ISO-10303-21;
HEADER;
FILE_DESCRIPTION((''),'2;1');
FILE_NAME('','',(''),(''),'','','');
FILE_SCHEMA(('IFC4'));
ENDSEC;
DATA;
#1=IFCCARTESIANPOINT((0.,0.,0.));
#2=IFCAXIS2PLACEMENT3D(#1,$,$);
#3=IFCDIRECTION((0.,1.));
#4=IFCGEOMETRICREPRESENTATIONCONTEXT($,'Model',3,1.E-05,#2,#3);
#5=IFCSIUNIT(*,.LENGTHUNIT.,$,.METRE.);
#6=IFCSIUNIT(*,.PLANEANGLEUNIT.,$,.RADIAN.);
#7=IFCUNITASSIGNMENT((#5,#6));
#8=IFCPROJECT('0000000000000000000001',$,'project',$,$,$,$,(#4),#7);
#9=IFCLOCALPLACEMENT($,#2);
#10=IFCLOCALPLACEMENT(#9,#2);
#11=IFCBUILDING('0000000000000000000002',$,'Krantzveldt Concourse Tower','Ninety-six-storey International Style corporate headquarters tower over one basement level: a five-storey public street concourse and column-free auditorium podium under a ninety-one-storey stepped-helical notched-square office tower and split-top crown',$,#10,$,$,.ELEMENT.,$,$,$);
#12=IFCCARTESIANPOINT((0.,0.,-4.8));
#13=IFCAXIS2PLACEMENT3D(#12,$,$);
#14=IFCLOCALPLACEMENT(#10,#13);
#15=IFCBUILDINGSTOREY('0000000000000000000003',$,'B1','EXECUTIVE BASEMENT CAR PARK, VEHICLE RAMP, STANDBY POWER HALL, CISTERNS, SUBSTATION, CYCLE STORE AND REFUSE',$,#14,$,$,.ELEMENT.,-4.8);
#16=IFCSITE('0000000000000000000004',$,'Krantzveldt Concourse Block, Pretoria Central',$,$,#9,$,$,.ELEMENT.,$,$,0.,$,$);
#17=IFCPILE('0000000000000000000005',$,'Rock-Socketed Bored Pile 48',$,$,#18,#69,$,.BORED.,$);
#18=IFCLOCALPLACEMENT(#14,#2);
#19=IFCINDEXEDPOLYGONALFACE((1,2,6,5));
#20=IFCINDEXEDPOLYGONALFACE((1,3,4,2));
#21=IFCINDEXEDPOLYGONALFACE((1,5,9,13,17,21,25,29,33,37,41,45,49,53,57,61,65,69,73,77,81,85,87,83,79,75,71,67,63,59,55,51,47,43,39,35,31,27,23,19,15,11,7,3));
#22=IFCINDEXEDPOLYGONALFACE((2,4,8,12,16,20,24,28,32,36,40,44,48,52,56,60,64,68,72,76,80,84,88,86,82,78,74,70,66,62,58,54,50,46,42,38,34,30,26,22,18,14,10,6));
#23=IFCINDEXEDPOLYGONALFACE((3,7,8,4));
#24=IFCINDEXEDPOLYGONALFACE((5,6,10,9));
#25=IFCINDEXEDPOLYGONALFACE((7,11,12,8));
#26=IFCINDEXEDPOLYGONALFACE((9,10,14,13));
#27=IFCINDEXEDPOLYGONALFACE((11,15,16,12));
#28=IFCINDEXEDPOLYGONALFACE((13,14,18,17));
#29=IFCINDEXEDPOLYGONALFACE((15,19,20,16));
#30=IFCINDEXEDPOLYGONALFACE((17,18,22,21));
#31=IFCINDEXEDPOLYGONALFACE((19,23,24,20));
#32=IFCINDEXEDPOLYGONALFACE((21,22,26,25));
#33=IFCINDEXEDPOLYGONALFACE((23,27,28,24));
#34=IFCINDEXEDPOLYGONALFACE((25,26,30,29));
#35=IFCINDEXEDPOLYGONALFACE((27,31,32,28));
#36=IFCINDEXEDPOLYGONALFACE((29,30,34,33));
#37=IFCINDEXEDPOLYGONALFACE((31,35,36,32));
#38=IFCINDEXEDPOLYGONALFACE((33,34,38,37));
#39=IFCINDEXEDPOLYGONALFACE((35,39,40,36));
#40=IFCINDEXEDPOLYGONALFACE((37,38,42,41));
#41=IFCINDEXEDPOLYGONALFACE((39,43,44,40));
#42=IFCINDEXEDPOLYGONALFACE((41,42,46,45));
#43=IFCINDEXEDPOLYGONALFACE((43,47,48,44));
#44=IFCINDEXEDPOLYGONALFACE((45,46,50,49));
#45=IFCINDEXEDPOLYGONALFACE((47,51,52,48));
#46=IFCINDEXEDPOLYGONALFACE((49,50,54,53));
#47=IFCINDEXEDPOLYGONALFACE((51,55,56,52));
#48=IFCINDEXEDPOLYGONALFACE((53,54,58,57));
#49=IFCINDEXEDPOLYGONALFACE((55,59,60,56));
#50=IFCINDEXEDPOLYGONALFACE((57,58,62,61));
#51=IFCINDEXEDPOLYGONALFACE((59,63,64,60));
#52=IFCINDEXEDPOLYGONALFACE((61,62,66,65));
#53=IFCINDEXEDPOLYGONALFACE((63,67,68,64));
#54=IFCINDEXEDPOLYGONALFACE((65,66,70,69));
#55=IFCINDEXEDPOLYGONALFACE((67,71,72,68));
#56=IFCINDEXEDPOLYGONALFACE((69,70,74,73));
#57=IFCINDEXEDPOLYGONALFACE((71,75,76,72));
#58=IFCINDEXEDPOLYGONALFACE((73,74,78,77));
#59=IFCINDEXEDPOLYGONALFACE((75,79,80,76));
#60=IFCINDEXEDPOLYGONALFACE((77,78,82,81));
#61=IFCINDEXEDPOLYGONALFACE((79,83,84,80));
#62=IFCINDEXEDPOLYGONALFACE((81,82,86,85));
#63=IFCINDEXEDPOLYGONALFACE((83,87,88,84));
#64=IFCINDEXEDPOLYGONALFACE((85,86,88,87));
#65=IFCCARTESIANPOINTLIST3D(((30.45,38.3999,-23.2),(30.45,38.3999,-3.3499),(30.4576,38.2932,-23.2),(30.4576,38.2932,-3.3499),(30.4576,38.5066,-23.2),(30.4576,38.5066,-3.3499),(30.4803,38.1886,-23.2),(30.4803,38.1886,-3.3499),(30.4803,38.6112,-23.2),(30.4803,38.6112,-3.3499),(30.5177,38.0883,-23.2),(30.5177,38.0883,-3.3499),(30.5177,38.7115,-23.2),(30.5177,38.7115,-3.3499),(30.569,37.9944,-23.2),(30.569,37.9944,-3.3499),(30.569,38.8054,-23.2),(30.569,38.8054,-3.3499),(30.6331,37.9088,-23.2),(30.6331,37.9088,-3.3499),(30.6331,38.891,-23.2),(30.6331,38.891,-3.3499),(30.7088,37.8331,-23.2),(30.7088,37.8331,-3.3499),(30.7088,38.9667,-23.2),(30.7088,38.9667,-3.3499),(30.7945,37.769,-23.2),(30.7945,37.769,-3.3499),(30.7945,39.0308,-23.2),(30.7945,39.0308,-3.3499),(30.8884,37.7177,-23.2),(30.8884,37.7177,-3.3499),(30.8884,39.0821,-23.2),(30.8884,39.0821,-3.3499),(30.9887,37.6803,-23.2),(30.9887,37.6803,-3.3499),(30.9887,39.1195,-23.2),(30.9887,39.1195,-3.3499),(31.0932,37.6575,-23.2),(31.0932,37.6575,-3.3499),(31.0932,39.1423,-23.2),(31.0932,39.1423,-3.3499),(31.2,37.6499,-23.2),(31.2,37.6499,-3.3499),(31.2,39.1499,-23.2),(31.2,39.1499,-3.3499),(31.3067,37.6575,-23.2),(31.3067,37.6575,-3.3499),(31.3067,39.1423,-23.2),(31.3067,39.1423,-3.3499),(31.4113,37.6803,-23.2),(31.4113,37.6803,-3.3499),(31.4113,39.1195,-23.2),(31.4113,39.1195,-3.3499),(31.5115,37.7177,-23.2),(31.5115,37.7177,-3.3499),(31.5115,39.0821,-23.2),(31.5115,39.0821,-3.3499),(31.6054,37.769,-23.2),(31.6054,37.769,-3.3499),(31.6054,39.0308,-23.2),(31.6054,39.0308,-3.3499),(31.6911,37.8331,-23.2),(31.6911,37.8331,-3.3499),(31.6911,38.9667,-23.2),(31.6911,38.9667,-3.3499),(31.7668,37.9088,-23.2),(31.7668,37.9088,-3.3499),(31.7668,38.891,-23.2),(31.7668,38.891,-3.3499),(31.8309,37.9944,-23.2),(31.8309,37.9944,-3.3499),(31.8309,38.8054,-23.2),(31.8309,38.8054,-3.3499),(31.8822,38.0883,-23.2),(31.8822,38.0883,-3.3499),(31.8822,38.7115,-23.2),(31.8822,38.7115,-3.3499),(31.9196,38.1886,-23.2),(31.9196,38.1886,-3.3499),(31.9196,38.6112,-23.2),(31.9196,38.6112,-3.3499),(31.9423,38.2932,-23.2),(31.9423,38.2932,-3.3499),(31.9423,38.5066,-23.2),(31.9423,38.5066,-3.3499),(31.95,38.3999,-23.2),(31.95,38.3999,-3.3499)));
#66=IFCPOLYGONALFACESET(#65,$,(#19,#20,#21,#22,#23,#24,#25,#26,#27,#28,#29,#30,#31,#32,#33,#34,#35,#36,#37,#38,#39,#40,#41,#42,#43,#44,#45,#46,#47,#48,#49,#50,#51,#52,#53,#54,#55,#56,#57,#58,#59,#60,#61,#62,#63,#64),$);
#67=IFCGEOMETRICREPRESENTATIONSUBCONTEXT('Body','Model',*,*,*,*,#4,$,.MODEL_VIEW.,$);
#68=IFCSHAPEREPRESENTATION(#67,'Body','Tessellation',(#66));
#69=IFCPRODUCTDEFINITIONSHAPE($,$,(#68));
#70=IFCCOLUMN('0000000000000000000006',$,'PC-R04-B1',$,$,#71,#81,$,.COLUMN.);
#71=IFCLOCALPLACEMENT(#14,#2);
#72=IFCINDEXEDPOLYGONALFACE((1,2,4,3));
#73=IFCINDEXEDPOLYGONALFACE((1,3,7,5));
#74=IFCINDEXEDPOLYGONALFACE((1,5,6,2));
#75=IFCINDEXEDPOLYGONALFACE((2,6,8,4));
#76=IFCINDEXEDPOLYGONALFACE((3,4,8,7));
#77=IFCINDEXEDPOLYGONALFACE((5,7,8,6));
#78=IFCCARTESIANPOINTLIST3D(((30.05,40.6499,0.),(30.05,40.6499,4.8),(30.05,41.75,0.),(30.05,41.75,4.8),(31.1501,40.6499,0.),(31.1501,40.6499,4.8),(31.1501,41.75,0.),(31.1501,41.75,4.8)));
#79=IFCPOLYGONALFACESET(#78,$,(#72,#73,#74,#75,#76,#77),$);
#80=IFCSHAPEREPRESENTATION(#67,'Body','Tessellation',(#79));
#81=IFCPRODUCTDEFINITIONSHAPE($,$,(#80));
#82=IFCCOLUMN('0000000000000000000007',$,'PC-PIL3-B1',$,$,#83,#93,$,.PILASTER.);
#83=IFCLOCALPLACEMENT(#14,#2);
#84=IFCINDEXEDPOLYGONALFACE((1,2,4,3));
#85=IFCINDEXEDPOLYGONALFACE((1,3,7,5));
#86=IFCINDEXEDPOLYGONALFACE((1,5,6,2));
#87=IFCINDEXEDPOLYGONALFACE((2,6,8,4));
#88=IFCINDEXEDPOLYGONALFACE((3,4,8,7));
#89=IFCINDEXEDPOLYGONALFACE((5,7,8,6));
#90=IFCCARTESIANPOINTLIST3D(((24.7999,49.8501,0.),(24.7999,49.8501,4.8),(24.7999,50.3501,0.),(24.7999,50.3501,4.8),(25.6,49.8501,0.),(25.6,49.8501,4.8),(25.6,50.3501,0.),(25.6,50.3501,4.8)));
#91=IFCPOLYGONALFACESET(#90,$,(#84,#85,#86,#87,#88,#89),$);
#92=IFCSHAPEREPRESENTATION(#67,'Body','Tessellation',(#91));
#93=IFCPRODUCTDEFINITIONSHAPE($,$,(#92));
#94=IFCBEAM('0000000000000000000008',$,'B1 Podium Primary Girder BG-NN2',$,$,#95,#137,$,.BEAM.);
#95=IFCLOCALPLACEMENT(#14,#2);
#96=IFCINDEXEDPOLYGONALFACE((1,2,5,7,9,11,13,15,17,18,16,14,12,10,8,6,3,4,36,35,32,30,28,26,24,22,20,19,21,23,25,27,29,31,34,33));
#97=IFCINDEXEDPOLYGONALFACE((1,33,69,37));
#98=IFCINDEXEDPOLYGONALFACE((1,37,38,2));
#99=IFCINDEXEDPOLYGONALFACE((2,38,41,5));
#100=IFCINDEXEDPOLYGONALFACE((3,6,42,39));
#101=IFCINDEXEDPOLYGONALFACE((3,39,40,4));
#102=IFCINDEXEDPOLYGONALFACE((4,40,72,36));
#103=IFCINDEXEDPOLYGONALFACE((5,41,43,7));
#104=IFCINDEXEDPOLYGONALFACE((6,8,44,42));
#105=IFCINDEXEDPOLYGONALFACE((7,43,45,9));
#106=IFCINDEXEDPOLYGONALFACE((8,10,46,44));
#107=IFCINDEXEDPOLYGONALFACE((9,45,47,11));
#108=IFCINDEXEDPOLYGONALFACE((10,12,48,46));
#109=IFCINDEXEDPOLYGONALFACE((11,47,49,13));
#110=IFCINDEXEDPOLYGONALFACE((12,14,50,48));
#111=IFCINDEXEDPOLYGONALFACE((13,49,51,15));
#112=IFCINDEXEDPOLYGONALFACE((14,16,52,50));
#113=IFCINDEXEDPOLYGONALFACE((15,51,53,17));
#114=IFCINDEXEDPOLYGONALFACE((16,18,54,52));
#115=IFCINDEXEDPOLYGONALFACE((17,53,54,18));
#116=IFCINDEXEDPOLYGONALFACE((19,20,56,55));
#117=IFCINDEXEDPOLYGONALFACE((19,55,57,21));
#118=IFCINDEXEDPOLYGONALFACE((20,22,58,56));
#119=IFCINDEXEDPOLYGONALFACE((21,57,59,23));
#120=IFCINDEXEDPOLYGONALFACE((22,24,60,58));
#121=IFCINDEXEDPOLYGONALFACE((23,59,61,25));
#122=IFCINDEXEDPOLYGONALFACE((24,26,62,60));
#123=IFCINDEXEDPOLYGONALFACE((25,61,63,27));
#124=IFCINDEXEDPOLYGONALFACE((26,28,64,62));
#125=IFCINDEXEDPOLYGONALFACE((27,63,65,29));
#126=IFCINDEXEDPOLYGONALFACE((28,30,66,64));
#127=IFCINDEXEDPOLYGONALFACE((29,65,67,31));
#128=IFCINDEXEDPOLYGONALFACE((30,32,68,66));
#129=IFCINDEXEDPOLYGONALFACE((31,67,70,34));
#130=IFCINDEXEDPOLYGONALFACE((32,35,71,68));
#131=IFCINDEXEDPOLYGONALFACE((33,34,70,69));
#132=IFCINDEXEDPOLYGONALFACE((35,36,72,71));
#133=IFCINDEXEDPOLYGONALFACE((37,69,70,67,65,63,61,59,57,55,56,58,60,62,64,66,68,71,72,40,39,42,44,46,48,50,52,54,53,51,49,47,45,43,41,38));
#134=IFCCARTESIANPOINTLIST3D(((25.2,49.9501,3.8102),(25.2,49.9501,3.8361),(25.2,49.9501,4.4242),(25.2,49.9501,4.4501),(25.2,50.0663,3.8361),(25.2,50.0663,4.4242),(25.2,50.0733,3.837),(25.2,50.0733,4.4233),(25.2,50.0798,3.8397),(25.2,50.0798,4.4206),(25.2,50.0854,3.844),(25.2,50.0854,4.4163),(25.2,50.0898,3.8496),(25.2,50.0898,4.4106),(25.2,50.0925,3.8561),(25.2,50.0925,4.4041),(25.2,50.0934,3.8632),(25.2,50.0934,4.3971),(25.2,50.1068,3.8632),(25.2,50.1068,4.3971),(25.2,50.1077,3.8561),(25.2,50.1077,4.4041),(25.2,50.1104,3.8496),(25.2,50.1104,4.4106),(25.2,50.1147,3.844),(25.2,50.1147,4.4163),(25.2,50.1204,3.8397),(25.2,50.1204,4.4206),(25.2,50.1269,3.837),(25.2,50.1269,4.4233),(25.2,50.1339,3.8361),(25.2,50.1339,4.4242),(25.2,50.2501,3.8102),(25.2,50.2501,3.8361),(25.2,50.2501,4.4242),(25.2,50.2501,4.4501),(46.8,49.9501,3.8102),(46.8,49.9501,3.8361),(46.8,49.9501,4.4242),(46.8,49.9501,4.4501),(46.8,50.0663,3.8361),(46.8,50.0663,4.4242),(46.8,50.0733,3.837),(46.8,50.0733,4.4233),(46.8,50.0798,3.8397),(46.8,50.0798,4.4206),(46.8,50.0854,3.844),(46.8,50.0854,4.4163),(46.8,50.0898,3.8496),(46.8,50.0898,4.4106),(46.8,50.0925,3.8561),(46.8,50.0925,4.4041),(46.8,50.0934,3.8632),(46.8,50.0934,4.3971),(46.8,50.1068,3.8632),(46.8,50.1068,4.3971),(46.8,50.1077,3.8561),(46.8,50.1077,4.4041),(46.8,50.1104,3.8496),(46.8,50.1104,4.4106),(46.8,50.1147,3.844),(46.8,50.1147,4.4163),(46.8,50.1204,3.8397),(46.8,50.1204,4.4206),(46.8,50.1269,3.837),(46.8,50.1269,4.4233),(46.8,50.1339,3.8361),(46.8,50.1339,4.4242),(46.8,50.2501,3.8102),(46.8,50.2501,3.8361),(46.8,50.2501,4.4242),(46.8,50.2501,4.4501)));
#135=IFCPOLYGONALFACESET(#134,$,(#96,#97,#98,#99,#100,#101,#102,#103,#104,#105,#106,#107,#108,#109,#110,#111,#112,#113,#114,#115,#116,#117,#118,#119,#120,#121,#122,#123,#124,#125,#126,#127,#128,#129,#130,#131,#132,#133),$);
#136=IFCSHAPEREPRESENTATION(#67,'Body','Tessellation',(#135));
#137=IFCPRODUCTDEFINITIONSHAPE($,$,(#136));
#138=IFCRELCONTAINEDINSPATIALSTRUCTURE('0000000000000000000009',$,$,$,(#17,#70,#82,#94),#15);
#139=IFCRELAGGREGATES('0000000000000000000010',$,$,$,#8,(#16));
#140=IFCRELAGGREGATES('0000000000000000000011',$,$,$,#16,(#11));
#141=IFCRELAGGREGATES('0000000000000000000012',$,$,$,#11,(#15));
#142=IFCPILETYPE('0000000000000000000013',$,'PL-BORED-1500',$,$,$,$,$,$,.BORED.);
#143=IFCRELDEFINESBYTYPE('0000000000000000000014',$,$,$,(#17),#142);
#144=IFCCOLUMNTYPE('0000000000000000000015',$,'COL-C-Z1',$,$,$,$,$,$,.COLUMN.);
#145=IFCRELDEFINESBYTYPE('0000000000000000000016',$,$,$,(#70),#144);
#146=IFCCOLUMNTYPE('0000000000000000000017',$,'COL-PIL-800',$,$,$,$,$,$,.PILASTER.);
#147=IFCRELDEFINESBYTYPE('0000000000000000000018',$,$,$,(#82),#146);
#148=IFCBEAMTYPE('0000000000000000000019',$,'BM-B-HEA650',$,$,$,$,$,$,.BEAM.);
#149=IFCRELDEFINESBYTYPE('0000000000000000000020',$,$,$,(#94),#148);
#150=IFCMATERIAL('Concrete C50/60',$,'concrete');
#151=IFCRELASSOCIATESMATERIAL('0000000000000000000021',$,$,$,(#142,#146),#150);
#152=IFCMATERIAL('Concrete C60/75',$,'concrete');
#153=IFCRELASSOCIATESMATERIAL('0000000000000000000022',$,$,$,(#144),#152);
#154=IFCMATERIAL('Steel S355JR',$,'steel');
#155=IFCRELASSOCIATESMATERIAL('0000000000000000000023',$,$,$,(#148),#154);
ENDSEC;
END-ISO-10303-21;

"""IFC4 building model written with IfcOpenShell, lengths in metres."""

from ifc_helpers import new_model, si_unit, direction, frame, origin, origin_2d, place, context, subcontext, project, spatial, rectangle, circle, i_section, extrude, source, transform, mapped, material, material_profile, profile_set, type_object, type_shapes, element, save


model = new_model("IFC4")

# Units and contexts
model_context = context("Model", 3, precision=1e-05, world=origin(), true_north=direction((0.0, 1.0)))
body_context = subcontext(model_context, "Body", "Model", "MODEL_VIEW")
ifc_project = project(units=[si_unit("LENGTHUNIT", "METRE"), si_unit("PLANEANGLEUNIT", "RADIAN")], contexts=[model_context])

# Site, building, storey
site_placement = place(None, origin())
site = spatial("IfcSite", under=ifc_project, at=site_placement, Name="Krantzveldt Concourse Block, Pretoria Central", CompositionType="ELEMENT", RefElevation=0.0)
building_placement = place(site_placement, origin())
building = spatial("IfcBuilding", under=site, at=building_placement, Name="Krantzveldt Concourse Tower", Description="Ninety-six-storey International Style corporate headquarters tower over one basement level: a five-storey public street concourse and column-free auditorium podium under a ninety-one-storey stepped-helical notched-square office tower and split-top crown", CompositionType="ELEMENT")
storey_placement = place(building_placement, frame((0.0, 0.0, -4.8)))
storey = spatial("IfcBuildingStorey", under=building, at=storey_placement, Name="B1", Description="EXECUTIVE BASEMENT CAR PARK, VEHICLE RAMP, STANDBY POWER HALL, CISTERNS, SUBSTATION, CYCLE STORE AND REFUSE", CompositionType="ELEMENT", Elevation=-4.8)

# Pile
ifc_material_1 = material(Name="Concrete C50/60", Category="concrete")
ifc_material_profile_1 = material_profile(ifc_material_1, circle(Radius=0.75, at=origin_2d()), Name="Concrete C50/60", Category="concrete")
ifc_profile_set_1 = profile_set([ifc_material_profile_1], Name="Concrete C50/60 - PILE D1500")
pile_type_1 = type_object("IfcPileType", Name="PL-BORED-1500", PredefinedType="BORED", material=ifc_profile_set_1)
shared_shape_1 = source(origin(), body_context, "Body", "SweptSolid", [
    extrude(circle(Radius=0.75, at=origin_2d()), origin(), (0.0, 0.0, 1.0), 19.8501),
])
type_shapes(pile_type_1, [shared_shape_1])
for number, where, z_axis, x_axis, name in (
    (1, (31.2, 38.3999, -3.3499), (0.0, 0.0, -1.0), (1.0, 0.0, 0.0), "Rock-Socketed Bored Pile 48"),
):
    element("IfcPile", number, at=place(storey_placement, frame(where, z_axis=z_axis, x_axis=x_axis)), inside=storey, type_object=pile_type_1, Name=name, PredefinedType="BORED", context=body_context, shape_type="MappedRepresentation", body=[
        mapped(shared_shape_1, transform((0.0, 0.0, 0.0), x_axis=(1.0, 0.0, 0.0), y_axis=(0.0, 1.0, 0.0), z_axis=(0.0, 0.0, 1.0), scale=1.0)),
    ])

# Columns
ifc_material_2 = material(Name="Concrete C60/75", Category="concrete")
ifc_material_profile_2 = material_profile(ifc_material_2, rectangle(XDim=1.1001, YDim=1.1001, at=origin_2d()), Name="Concrete C60/75", Category="concrete")
ifc_profile_set_2 = profile_set([ifc_material_profile_2], Name="Concrete C60/75 - RC 1100x1100")
column_type_1 = type_object("IfcColumnType", Name="COL-C-Z1", PredefinedType="COLUMN", material=ifc_profile_set_2)
shared_shape_2 = source(origin(), body_context, "Body", "SweptSolid", [
    extrude(rectangle(XDim=1.1001, YDim=1.1001, at=origin_2d()), origin(), (0.0, 0.0, 1.0), 4.8),
])
type_shapes(column_type_1, [shared_shape_2])
column_1_placement = place(storey_placement, frame((30.6001, 41.2, 0.0), z_axis=(0.0, 0.0, 1.0), x_axis=(1.0, 0.0, 0.0)))
element("IfcColumn", 2, at=column_1_placement, inside=storey, type_object=column_type_1, Name="PC-R04-B1", PredefinedType="COLUMN", context=body_context, shape_type="MappedRepresentation", body=[
    mapped(shared_shape_2, transform((0.0, 0.0, 0.0), x_axis=(1.0, 0.0, 0.0), y_axis=(0.0, 1.0, 0.0), z_axis=(0.0, 0.0, 1.0), scale=1.0)),
])
ifc_material_profile_3 = material_profile(ifc_material_1, rectangle(XDim=0.8, YDim=0.5, at=origin_2d()), Name="Concrete C50/60", Category="concrete")
ifc_profile_set_3 = profile_set([ifc_material_profile_3], Name="Concrete C50/60 - RC-PIL 800x500")
column_type_2 = type_object("IfcColumnType", Name="COL-PIL-800", PredefinedType="PILASTER", material=ifc_profile_set_3)
shared_shape_3 = source(origin(), body_context, "Body", "SweptSolid", [
    extrude(rectangle(XDim=0.8, YDim=0.5, at=origin_2d()), origin(), (0.0, 0.0, 1.0), 4.8),
])
type_shapes(column_type_2, [shared_shape_3])
column_2_placement = place(storey_placement, frame((25.2, 50.1001, 0.0), z_axis=(0.0, 0.0, 1.0), x_axis=(1.0, 0.0, 0.0)))
element("IfcColumn", 3, at=column_2_placement, inside=storey, type_object=column_type_2, Name="PC-PIL3-B1", PredefinedType="PILASTER", context=body_context, shape_type="MappedRepresentation", body=[
    mapped(shared_shape_3, transform((0.0, 0.0, 0.0), x_axis=(1.0, 0.0, 0.0), y_axis=(0.0, 1.0, 0.0), z_axis=(0.0, 0.0, 1.0), scale=1.0)),
])

# Beam
ifc_material_3 = material(Name="Steel S355JR", Category="steel")
ifc_material_profile_4 = material_profile(ifc_material_3, i_section(OverallWidth=0.3, OverallDepth=0.6399, WebThickness=0.0134, FlangeThickness=0.0259, FilletRadius=0.0271, at=origin_2d()), Name="Steel S355JR", Category="steel")
ifc_profile_set_4 = profile_set([ifc_material_profile_4], Name="Steel S355JR - HEA 650")
beam_type_1 = type_object("IfcBeamType", Name="BM-B-HEA650", PredefinedType="BEAM", material=ifc_profile_set_4)
shared_shape_4 = source(origin(), body_context, "Body", "SweptSolid", [
    extrude(i_section(OverallWidth=0.3, OverallDepth=0.6399, WebThickness=0.0134, FlangeThickness=0.0259, FilletRadius=0.0271, at=origin_2d()), origin(), (0.0, 0.0, 1.0), 21.6001),
])
type_shapes(beam_type_1, [shared_shape_4])
beam_1_placement = place(storey_placement, frame((25.2, 50.1001, 4.1301), z_axis=(1.0, 0.0, 0.0), x_axis=(0.0, 1.0, 0.0)))
element("IfcBeam", 4, at=beam_1_placement, inside=storey, type_object=beam_type_1, Name="B1 Podium Primary Girder BG-NN2", PredefinedType="BEAM", context=body_context, shape_type="MappedRepresentation", body=[
    mapped(shared_shape_4, transform((0.0, 0.0, 0.0), x_axis=(1.0, 0.0, 0.0), y_axis=(0.0, 1.0, 0.0), z_axis=(0.0, 0.0, 1.0), scale=1.0)),
])

save(model, "model.ifc")
